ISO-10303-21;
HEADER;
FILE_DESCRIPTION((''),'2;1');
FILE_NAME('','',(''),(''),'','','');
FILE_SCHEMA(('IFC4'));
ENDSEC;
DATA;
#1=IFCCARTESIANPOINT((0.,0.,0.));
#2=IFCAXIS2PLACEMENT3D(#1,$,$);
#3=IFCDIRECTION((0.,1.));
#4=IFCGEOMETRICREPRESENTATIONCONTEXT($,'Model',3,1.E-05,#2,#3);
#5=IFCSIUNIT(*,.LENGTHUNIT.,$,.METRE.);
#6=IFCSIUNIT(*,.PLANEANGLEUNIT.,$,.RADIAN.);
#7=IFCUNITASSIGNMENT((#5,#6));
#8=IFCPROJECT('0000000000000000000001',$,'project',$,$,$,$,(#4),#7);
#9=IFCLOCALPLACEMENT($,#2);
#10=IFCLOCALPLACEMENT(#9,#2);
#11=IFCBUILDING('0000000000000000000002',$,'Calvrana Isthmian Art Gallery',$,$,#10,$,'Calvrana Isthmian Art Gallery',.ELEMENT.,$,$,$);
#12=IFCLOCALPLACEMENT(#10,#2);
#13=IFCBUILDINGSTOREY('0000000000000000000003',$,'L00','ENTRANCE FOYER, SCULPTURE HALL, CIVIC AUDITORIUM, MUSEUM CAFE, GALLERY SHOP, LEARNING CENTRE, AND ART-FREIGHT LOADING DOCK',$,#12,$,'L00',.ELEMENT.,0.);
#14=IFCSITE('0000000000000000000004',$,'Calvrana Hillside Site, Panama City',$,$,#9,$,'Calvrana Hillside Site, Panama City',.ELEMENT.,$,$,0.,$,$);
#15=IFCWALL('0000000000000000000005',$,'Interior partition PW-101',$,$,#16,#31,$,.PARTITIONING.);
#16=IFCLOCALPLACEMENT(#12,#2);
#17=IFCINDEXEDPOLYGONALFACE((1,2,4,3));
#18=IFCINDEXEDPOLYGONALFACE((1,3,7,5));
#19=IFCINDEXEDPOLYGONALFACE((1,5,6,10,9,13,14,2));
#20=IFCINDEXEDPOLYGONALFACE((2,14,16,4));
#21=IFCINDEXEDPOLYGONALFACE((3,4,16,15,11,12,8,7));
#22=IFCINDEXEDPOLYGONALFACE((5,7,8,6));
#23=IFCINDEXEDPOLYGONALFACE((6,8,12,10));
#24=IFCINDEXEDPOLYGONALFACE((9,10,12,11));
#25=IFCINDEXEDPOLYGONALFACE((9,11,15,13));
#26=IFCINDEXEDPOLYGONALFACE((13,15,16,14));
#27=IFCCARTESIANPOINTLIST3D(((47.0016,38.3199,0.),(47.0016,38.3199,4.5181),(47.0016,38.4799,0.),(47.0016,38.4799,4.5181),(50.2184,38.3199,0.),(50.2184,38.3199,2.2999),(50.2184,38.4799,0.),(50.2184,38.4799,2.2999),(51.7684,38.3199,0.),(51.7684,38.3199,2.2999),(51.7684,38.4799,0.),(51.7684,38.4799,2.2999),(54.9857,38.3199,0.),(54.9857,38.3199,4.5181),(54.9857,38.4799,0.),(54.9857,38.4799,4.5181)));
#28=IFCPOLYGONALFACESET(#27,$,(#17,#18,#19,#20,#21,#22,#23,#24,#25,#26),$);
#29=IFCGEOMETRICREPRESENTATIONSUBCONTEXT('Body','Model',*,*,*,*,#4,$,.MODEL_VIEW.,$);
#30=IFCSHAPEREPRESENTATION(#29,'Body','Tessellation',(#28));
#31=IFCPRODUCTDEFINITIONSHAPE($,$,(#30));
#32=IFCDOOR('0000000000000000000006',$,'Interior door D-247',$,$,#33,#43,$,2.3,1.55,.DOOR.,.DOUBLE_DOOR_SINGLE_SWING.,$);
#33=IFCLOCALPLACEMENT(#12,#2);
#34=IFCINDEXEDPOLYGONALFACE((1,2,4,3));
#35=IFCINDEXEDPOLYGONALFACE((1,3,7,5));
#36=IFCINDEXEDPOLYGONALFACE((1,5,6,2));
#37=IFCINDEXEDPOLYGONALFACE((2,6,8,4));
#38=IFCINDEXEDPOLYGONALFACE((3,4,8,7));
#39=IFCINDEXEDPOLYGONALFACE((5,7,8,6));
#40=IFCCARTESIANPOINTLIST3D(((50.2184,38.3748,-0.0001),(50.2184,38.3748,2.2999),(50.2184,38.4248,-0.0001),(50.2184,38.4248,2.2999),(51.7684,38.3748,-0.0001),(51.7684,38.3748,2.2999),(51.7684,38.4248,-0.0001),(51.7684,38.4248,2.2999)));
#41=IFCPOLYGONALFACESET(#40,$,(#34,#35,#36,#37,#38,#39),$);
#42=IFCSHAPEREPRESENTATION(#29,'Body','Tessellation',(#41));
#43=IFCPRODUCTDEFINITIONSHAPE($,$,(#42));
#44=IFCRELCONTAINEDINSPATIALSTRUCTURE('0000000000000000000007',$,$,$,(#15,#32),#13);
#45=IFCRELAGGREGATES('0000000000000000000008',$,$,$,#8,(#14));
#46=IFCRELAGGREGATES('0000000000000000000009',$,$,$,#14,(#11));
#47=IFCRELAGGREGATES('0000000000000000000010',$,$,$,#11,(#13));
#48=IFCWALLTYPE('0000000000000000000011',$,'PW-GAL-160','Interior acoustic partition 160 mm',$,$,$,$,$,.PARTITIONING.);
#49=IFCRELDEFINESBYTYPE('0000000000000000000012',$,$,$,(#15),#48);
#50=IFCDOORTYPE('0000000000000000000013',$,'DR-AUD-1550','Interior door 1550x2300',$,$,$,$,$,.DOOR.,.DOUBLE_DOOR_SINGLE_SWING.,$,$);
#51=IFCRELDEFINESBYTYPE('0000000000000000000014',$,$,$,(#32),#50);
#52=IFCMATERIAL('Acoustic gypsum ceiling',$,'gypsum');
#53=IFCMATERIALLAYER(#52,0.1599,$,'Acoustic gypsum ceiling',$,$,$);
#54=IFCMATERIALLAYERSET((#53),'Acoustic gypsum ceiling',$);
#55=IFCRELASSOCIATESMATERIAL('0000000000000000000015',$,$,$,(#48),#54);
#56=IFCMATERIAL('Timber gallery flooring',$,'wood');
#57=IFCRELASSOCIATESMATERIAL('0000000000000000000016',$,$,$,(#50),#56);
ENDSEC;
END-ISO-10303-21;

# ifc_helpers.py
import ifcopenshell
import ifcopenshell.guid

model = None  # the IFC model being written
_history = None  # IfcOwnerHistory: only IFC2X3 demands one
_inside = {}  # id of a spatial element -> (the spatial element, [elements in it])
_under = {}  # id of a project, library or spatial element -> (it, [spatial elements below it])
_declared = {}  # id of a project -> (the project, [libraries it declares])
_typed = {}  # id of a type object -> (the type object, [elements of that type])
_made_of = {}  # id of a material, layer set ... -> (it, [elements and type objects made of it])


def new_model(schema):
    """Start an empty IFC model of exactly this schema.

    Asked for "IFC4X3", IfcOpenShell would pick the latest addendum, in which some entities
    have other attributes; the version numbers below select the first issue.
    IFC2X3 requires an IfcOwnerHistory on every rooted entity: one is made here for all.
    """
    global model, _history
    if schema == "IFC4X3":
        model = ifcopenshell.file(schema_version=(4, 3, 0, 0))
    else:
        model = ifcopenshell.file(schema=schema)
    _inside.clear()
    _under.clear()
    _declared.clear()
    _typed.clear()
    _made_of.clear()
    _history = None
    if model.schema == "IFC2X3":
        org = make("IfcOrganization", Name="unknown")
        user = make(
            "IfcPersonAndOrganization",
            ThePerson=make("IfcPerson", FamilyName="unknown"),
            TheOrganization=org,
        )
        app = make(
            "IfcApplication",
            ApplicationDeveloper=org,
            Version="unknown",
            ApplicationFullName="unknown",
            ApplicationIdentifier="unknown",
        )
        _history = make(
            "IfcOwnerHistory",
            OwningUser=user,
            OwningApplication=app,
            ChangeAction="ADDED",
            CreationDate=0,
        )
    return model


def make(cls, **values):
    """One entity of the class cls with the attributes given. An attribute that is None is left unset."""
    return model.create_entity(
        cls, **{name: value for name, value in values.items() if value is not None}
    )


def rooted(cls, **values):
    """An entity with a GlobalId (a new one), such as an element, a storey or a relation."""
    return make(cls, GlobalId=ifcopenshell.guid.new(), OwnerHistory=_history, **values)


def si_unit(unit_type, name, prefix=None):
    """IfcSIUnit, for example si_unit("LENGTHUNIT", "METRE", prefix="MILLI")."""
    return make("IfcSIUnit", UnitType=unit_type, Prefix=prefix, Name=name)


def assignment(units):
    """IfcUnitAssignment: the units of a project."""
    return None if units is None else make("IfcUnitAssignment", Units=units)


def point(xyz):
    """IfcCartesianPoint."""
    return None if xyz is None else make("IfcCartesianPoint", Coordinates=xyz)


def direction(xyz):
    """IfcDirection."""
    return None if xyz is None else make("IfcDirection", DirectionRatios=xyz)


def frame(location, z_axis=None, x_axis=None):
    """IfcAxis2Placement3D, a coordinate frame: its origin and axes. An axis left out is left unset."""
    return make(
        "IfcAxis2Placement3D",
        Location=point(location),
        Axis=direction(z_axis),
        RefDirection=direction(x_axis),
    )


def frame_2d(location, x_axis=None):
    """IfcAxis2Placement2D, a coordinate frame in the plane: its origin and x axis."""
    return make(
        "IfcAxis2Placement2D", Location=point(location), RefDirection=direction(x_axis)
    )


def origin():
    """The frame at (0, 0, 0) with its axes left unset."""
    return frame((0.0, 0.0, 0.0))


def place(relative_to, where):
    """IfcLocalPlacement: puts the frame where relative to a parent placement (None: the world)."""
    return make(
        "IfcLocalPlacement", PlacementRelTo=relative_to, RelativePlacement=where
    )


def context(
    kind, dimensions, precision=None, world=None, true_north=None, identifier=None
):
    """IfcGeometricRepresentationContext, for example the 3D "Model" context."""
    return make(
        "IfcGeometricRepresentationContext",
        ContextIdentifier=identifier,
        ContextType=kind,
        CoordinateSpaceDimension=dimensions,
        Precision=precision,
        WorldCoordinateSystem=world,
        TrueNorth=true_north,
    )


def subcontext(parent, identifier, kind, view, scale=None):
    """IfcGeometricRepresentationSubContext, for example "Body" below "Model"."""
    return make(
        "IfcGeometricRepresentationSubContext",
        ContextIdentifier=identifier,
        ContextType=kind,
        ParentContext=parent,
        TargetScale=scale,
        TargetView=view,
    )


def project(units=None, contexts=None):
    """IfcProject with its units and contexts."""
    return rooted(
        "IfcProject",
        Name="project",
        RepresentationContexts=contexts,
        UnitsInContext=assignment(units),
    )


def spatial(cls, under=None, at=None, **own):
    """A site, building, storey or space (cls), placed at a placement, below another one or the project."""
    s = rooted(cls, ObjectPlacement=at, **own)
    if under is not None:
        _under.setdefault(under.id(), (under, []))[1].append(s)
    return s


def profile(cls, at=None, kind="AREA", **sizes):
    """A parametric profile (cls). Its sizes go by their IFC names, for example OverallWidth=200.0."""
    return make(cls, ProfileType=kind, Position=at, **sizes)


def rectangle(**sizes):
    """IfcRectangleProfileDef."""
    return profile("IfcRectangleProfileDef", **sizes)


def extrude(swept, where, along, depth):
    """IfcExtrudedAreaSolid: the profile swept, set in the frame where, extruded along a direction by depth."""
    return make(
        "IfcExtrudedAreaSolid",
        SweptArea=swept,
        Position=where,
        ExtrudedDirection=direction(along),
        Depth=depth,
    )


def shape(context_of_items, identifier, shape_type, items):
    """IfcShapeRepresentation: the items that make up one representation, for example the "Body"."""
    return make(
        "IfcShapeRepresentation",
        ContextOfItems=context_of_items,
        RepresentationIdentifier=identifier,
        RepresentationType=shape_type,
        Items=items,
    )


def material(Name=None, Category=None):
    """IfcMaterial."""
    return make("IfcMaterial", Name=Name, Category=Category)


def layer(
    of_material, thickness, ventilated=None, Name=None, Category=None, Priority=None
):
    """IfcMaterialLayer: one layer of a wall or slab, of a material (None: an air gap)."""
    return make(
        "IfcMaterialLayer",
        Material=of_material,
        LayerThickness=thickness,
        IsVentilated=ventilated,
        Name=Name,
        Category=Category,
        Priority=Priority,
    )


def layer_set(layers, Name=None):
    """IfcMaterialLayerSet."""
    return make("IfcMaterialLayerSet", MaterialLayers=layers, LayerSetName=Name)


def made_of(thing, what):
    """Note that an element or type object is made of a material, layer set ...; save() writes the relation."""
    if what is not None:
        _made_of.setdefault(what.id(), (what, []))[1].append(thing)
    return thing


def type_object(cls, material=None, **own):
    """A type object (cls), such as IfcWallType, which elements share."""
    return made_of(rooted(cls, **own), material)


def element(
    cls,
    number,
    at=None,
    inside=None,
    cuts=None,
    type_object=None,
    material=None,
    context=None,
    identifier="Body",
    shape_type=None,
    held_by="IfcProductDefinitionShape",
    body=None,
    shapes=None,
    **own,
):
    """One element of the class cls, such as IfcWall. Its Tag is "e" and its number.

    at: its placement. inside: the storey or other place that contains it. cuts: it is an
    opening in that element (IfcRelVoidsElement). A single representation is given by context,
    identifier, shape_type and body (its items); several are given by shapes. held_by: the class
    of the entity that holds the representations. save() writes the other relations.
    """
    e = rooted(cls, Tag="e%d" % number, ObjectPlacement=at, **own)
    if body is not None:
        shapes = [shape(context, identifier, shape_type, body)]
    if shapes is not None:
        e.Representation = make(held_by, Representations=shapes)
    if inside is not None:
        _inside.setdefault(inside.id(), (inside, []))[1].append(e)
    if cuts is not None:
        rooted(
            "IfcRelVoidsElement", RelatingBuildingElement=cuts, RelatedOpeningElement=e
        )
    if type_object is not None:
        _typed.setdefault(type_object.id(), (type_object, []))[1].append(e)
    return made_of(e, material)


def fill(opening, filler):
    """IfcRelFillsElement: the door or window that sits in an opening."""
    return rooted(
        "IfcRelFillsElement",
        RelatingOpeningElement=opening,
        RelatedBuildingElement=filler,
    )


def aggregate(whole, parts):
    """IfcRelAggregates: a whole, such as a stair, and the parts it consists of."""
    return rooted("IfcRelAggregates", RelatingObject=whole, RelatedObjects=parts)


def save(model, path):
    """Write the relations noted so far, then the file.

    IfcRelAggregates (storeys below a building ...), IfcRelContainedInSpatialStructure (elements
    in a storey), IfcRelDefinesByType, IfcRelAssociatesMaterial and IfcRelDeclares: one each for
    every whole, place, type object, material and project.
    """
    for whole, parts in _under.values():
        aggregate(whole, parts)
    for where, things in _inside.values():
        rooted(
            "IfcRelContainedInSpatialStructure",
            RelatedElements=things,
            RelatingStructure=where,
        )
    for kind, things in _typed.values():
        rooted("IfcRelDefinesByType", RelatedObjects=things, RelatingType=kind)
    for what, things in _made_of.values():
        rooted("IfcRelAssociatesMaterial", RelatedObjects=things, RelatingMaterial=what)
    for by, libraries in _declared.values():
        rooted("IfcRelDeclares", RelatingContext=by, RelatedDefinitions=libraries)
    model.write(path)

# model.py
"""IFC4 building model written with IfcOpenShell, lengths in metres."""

from ifc_helpers import new_model, si_unit, direction, frame, frame_2d, origin, place, context, subcontext, project, spatial, rectangle, extrude, material, layer, layer_set, type_object, element, fill, save


model = new_model("IFC4")

# Units and contexts
model_context = context("Model", 3, precision=1e-05, world=origin(), true_north=direction((0.0, 1.0)))
body_context = subcontext(model_context, "Body", "Model", "MODEL_VIEW")
ifc_project = project(units=[si_unit("LENGTHUNIT", "METRE"), si_unit("PLANEANGLEUNIT", "RADIAN")], contexts=[model_context])

# Site, building, storey
site_placement = place(None, origin())
site = spatial("IfcSite", under=ifc_project, at=site_placement, Name="Calvrana Hillside Site, Panama City", LongName="Calvrana Hillside Site, Panama City", CompositionType="ELEMENT", RefElevation=0.0)
building_placement = place(site_placement, origin())
building = spatial("IfcBuilding", under=site, at=building_placement, Name="Calvrana Isthmian Art Gallery", LongName="Calvrana Isthmian Art Gallery", CompositionType="ELEMENT")
storey_placement = place(building_placement, origin())
storey = spatial("IfcBuildingStorey", under=building, at=storey_placement, Name="L00", Description="ENTRANCE FOYER, SCULPTURE HALL, CIVIC AUDITORIUM, MUSEUM CAFE, GALLERY SHOP, LEARNING CENTRE, AND ART-FREIGHT LOADING DOCK", LongName="L00", CompositionType="ELEMENT", Elevation=0.0)

# Shared definitions
ifc_material_1 = material(Name="Acoustic gypsum ceiling", Category="gypsum")
ifc_layer = layer(ifc_material_1, 0.1599, Name="Acoustic gypsum ceiling")
ifc_layer_set = layer_set([ifc_layer], Name="Acoustic gypsum ceiling")
wall_type = type_object("IfcWallType", Name="PW-GAL-160", Description="Interior acoustic partition 160 mm", PredefinedType="PARTITIONING", material=ifc_layer_set)

# Shared definitions
ifc_material_2 = material(Name="Timber gallery flooring", Category="wood")

# Wall, opening, door
wall_1_placement = place(storey_placement, frame((47.0015, 38.3999, 0.0), z_axis=(0.0, 0.0, 1.0), x_axis=(1.0, 0.0, 0.0)))
wall_1 = element("IfcWall", 1, at=wall_1_placement, inside=storey, type_object=wall_type, Name="Interior partition PW-101", PredefinedType="PARTITIONING", context=body_context, shape_type="SweptSolid", body=[
    extrude(rectangle(XDim=7.9841, YDim=0.1599, at=frame_2d((3.9922, 0.0))), origin(), (0.0, 0.0, 1.0), 4.5181),
])
opening_1_placement = place(wall_1_placement, frame((3.217, 0.0, 0.0)))
opening_1 = element("IfcOpeningElement", 2, at=opening_1_placement, cuts=wall_1, PredefinedType="OPENING", context=body_context, shape_type="SweptSolid", body=[
    extrude(rectangle(XDim=1.55, YDim=2.3, at=frame_2d((0.7749, 1.1499))), frame((0.0, 0.0903, 0.0), z_axis=(0.0, -1.0, 0.0), x_axis=(1.0, 0.0, 0.0)), (0.0, 0.0, 1.0), 0.1804),
])
door_type_1 = type_object("IfcDoorType", Name="DR-AUD-1550", Description="Interior door 1550x2300", OperationType="DOUBLE_DOOR_SINGLE_SWING", PredefinedType="DOOR", material=ifc_material_2)
door_1_placement = place(opening_1_placement, origin())
door_1 = element("IfcDoor", 3, at=door_1_placement, inside=storey, type_object=door_type_1, Name="Interior door D-247", OperationType="DOUBLE_DOOR_SINGLE_SWING", OverallHeight=2.3, OverallWidth=1.55, PredefinedType="DOOR", context=body_context, shape_type="SweptSolid", body=[
    extrude(rectangle(XDim=1.55, YDim=2.3, at=frame_2d((0.7749, 1.1499))), frame((0.0, 0.0249, 0.0), z_axis=(0.0, -1.0, 0.0), x_axis=(1.0, 0.0, 0.0)), (0.0, 0.0, 1.0), 0.05),
])
fill(opening_1, door_1)

save(model, "model.ifc")
